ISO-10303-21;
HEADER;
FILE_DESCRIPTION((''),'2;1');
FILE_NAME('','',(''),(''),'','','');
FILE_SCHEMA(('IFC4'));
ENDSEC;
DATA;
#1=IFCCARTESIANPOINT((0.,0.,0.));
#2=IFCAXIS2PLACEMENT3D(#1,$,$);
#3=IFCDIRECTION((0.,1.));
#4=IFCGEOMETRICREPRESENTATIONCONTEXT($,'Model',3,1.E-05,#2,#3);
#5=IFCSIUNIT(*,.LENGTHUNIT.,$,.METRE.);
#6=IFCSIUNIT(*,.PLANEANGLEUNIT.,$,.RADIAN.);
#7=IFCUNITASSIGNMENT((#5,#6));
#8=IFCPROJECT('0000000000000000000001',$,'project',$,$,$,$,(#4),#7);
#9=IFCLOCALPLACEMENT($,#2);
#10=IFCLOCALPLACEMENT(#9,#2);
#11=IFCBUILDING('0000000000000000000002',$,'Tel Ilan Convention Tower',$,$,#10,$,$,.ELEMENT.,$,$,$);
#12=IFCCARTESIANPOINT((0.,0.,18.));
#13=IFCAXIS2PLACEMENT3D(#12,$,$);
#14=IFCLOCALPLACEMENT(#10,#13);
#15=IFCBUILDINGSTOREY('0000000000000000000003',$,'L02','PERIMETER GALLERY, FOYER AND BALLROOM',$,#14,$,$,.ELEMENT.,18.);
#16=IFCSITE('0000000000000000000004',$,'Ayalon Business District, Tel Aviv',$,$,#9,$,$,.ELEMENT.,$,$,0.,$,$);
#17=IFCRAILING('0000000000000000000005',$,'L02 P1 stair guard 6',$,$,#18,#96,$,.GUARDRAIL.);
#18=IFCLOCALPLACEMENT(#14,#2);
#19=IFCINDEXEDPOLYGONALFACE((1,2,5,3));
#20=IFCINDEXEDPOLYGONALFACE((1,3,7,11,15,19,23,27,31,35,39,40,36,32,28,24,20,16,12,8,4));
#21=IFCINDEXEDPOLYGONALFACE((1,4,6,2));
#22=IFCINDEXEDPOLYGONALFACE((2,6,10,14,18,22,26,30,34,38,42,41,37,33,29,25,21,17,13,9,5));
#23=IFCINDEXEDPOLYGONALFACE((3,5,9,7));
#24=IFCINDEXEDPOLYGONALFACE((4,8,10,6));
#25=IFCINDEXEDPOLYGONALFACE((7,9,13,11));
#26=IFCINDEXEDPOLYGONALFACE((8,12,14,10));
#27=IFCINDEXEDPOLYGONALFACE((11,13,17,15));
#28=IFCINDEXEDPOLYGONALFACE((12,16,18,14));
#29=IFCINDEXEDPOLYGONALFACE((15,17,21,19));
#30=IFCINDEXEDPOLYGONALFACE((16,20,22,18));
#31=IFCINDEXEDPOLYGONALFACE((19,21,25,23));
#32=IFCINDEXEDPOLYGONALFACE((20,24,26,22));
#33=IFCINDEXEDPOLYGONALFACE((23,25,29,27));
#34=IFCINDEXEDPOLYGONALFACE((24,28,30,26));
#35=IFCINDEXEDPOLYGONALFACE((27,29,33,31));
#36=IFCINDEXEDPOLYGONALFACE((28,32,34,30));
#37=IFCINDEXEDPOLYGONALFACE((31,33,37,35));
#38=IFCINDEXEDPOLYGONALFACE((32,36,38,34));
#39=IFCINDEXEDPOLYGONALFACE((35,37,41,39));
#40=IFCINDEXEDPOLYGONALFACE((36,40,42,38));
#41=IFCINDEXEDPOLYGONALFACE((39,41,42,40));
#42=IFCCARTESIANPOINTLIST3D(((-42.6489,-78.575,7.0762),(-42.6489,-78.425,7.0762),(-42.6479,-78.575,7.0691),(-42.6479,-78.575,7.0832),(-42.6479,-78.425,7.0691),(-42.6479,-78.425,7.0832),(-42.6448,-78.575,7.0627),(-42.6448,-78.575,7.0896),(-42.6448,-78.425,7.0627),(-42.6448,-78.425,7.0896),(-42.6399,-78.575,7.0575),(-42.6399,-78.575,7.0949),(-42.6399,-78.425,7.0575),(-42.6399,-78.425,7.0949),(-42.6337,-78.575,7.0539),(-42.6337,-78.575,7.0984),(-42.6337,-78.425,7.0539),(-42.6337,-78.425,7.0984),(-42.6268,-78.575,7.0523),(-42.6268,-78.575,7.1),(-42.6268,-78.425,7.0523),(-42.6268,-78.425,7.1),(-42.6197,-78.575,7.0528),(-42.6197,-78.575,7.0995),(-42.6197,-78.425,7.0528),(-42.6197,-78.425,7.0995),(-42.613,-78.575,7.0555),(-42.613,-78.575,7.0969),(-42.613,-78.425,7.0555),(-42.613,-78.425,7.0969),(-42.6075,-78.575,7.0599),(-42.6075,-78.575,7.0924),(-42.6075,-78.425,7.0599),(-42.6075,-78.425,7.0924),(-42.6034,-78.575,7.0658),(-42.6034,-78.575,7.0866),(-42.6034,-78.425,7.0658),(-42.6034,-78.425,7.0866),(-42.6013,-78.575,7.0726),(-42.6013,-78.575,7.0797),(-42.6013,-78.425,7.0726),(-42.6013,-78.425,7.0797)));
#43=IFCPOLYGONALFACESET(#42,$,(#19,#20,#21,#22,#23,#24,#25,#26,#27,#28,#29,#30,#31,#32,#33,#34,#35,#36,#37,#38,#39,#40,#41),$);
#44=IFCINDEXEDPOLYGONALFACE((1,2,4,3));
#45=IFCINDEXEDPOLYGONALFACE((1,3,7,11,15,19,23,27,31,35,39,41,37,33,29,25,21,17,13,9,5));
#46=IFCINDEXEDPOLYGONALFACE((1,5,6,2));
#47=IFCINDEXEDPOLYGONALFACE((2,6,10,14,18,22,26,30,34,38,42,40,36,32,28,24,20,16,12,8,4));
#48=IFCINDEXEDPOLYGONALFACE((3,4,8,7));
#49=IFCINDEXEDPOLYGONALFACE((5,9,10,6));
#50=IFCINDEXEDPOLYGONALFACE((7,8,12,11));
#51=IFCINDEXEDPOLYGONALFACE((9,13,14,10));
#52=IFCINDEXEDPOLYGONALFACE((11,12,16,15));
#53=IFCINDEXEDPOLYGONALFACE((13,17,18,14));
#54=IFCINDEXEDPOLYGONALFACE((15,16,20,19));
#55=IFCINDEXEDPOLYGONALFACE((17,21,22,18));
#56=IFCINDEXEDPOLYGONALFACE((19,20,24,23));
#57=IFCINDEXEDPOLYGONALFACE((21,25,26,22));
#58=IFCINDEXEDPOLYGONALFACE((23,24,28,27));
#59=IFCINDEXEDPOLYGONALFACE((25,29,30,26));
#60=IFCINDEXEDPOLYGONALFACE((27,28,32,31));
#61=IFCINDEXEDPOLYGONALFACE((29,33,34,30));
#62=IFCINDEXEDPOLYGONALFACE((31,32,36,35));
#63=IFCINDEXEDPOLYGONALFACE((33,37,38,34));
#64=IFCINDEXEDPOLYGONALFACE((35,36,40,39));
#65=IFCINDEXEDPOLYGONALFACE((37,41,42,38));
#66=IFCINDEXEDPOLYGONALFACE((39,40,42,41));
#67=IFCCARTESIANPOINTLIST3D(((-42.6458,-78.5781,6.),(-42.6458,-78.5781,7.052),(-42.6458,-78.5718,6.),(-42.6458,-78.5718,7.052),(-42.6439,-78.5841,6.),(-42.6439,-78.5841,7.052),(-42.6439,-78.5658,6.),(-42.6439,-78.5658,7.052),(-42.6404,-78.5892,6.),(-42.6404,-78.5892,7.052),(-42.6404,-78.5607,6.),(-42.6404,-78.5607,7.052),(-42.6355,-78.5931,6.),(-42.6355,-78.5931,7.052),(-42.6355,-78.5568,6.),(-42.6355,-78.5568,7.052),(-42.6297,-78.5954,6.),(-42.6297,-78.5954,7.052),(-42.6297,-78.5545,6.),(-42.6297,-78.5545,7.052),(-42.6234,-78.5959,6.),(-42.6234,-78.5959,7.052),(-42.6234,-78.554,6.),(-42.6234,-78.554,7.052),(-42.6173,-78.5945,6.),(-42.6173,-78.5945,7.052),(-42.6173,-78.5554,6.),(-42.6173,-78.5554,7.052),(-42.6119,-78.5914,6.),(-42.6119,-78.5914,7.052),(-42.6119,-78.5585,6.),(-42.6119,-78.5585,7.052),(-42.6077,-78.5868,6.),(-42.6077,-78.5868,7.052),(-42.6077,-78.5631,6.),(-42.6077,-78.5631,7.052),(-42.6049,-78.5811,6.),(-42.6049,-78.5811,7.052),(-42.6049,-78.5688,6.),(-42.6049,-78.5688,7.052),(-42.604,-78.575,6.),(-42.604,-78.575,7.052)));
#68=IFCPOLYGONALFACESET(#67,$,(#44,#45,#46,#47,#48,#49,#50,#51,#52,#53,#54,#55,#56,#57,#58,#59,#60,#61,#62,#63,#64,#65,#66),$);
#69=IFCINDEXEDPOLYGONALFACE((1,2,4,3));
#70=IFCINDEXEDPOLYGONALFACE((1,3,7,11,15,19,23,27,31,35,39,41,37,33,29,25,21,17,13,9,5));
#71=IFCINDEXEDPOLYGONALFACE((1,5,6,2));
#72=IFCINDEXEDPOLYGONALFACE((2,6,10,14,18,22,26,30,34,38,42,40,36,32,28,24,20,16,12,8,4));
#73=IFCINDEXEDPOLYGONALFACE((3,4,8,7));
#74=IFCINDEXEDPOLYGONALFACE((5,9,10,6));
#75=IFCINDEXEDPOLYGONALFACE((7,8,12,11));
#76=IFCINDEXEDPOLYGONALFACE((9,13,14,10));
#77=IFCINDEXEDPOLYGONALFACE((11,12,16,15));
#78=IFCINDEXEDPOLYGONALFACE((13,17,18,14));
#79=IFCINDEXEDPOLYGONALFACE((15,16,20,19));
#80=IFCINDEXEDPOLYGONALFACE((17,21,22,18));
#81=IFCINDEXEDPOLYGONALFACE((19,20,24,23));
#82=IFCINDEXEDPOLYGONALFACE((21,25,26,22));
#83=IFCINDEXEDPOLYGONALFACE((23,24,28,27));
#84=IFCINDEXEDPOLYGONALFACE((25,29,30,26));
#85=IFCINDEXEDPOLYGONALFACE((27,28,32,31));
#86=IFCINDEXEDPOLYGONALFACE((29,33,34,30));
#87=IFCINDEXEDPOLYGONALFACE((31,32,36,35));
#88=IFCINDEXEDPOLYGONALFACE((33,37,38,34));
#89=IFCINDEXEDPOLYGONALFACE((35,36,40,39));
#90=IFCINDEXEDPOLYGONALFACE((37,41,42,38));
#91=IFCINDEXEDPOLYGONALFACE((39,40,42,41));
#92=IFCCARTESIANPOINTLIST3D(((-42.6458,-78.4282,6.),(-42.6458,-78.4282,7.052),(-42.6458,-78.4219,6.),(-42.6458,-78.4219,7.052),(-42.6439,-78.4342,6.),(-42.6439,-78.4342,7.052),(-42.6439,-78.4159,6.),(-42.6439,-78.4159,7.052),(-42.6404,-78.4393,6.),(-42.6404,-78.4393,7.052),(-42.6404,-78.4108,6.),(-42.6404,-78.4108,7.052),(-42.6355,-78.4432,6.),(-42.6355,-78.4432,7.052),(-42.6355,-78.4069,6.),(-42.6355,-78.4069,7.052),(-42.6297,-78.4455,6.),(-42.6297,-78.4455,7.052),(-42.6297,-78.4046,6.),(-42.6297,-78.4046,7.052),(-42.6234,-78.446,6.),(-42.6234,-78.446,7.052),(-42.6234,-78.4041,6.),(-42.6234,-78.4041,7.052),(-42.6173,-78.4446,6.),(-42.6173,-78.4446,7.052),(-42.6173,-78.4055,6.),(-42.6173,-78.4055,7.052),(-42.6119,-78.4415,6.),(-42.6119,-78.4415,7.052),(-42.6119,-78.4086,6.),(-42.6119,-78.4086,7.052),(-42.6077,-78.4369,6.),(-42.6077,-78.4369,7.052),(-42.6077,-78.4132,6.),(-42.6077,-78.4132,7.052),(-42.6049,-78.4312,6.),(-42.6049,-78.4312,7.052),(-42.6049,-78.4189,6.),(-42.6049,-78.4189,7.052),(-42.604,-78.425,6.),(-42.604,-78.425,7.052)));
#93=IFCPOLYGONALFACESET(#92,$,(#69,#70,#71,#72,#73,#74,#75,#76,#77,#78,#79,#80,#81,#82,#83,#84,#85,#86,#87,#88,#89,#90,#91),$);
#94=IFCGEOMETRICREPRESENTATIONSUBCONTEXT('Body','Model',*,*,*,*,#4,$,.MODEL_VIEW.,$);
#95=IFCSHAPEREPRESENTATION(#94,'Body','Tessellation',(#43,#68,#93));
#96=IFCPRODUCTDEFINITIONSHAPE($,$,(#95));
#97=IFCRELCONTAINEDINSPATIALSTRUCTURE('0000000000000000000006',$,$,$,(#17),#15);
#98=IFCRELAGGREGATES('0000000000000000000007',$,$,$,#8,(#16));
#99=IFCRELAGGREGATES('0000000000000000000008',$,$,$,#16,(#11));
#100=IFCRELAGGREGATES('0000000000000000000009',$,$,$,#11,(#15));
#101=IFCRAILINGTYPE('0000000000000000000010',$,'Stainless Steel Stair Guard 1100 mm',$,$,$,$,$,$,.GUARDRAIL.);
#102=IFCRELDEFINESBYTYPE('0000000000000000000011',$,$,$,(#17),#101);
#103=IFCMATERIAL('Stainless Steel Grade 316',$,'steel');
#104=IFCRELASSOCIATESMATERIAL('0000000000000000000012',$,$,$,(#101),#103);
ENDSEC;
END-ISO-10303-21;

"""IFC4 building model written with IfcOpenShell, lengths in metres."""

from ifc_helpers import new_model, si_unit, direction, frame, origin, origin_2d, place, context, subcontext, project, spatial, circle, extrude, material, type_object, element, save


model = new_model("IFC4")

# Units and contexts
model_context = context("Model", 3, precision=1e-05, world=origin(), true_north=direction((0.0, 1.0)))
body_context = subcontext(model_context, "Body", "Model", "MODEL_VIEW")
ifc_project = project(units=[si_unit("LENGTHUNIT", "METRE"), si_unit("PLANEANGLEUNIT", "RADIAN")], contexts=[model_context])

# Site, building, storey
site_placement = place(None, origin())
site = spatial("IfcSite", under=ifc_project, at=site_placement, Name="Ayalon Business District, Tel Aviv", CompositionType="ELEMENT", RefElevation=0.0)
building_placement = place(site_placement, origin())
building = spatial("IfcBuilding", under=site, at=building_placement, Name="Tel Ilan Convention Tower", CompositionType="ELEMENT")
storey_placement = place(building_placement, frame((0.0, 0.0, 18.0)))
storey = spatial("IfcBuildingStorey", under=building, at=storey_placement, Name="L02", Description="PERIMETER GALLERY, FOYER AND BALLROOM", CompositionType="ELEMENT", Elevation=18.0)

# Railing
ifc_material_1 = material(Name="Stainless Steel Grade 316", Category="steel")
railing_type_1 = type_object("IfcRailingType", Name="Stainless Steel Stair Guard 1100 mm", PredefinedType="GUARDRAIL", material=ifc_material_1)
railing_1_placement = place(storey_placement, frame((-42.625, -78.575, 6.0)))
element("IfcRailing", 1, at=railing_1_placement, inside=storey, type_object=railing_type_1, Name="L02 P1 stair guard 6", PredefinedType="GUARDRAIL", context=body_context, shape_type="SweptSolid", body=[
    extrude(circle(Radius=0.0239, at=origin_2d()), frame((0.0, 0.0, 1.0762), z_axis=(0.0, 1.0, 0.0), x_axis=(-1.0, 0.0, 0.0)), (0.0, 0.0, 1.0), 0.1499),
    extrude(circle(Radius=0.021, at=origin_2d()), origin(), (0.0, 0.0, 1.0), 1.052),
    extrude(circle(Radius=0.021, at=origin_2d()), frame((0.0, 0.1499, 0.0)), (0.0, 0.0, 1.0), 1.052),
])

save(model, "model.ifc")
